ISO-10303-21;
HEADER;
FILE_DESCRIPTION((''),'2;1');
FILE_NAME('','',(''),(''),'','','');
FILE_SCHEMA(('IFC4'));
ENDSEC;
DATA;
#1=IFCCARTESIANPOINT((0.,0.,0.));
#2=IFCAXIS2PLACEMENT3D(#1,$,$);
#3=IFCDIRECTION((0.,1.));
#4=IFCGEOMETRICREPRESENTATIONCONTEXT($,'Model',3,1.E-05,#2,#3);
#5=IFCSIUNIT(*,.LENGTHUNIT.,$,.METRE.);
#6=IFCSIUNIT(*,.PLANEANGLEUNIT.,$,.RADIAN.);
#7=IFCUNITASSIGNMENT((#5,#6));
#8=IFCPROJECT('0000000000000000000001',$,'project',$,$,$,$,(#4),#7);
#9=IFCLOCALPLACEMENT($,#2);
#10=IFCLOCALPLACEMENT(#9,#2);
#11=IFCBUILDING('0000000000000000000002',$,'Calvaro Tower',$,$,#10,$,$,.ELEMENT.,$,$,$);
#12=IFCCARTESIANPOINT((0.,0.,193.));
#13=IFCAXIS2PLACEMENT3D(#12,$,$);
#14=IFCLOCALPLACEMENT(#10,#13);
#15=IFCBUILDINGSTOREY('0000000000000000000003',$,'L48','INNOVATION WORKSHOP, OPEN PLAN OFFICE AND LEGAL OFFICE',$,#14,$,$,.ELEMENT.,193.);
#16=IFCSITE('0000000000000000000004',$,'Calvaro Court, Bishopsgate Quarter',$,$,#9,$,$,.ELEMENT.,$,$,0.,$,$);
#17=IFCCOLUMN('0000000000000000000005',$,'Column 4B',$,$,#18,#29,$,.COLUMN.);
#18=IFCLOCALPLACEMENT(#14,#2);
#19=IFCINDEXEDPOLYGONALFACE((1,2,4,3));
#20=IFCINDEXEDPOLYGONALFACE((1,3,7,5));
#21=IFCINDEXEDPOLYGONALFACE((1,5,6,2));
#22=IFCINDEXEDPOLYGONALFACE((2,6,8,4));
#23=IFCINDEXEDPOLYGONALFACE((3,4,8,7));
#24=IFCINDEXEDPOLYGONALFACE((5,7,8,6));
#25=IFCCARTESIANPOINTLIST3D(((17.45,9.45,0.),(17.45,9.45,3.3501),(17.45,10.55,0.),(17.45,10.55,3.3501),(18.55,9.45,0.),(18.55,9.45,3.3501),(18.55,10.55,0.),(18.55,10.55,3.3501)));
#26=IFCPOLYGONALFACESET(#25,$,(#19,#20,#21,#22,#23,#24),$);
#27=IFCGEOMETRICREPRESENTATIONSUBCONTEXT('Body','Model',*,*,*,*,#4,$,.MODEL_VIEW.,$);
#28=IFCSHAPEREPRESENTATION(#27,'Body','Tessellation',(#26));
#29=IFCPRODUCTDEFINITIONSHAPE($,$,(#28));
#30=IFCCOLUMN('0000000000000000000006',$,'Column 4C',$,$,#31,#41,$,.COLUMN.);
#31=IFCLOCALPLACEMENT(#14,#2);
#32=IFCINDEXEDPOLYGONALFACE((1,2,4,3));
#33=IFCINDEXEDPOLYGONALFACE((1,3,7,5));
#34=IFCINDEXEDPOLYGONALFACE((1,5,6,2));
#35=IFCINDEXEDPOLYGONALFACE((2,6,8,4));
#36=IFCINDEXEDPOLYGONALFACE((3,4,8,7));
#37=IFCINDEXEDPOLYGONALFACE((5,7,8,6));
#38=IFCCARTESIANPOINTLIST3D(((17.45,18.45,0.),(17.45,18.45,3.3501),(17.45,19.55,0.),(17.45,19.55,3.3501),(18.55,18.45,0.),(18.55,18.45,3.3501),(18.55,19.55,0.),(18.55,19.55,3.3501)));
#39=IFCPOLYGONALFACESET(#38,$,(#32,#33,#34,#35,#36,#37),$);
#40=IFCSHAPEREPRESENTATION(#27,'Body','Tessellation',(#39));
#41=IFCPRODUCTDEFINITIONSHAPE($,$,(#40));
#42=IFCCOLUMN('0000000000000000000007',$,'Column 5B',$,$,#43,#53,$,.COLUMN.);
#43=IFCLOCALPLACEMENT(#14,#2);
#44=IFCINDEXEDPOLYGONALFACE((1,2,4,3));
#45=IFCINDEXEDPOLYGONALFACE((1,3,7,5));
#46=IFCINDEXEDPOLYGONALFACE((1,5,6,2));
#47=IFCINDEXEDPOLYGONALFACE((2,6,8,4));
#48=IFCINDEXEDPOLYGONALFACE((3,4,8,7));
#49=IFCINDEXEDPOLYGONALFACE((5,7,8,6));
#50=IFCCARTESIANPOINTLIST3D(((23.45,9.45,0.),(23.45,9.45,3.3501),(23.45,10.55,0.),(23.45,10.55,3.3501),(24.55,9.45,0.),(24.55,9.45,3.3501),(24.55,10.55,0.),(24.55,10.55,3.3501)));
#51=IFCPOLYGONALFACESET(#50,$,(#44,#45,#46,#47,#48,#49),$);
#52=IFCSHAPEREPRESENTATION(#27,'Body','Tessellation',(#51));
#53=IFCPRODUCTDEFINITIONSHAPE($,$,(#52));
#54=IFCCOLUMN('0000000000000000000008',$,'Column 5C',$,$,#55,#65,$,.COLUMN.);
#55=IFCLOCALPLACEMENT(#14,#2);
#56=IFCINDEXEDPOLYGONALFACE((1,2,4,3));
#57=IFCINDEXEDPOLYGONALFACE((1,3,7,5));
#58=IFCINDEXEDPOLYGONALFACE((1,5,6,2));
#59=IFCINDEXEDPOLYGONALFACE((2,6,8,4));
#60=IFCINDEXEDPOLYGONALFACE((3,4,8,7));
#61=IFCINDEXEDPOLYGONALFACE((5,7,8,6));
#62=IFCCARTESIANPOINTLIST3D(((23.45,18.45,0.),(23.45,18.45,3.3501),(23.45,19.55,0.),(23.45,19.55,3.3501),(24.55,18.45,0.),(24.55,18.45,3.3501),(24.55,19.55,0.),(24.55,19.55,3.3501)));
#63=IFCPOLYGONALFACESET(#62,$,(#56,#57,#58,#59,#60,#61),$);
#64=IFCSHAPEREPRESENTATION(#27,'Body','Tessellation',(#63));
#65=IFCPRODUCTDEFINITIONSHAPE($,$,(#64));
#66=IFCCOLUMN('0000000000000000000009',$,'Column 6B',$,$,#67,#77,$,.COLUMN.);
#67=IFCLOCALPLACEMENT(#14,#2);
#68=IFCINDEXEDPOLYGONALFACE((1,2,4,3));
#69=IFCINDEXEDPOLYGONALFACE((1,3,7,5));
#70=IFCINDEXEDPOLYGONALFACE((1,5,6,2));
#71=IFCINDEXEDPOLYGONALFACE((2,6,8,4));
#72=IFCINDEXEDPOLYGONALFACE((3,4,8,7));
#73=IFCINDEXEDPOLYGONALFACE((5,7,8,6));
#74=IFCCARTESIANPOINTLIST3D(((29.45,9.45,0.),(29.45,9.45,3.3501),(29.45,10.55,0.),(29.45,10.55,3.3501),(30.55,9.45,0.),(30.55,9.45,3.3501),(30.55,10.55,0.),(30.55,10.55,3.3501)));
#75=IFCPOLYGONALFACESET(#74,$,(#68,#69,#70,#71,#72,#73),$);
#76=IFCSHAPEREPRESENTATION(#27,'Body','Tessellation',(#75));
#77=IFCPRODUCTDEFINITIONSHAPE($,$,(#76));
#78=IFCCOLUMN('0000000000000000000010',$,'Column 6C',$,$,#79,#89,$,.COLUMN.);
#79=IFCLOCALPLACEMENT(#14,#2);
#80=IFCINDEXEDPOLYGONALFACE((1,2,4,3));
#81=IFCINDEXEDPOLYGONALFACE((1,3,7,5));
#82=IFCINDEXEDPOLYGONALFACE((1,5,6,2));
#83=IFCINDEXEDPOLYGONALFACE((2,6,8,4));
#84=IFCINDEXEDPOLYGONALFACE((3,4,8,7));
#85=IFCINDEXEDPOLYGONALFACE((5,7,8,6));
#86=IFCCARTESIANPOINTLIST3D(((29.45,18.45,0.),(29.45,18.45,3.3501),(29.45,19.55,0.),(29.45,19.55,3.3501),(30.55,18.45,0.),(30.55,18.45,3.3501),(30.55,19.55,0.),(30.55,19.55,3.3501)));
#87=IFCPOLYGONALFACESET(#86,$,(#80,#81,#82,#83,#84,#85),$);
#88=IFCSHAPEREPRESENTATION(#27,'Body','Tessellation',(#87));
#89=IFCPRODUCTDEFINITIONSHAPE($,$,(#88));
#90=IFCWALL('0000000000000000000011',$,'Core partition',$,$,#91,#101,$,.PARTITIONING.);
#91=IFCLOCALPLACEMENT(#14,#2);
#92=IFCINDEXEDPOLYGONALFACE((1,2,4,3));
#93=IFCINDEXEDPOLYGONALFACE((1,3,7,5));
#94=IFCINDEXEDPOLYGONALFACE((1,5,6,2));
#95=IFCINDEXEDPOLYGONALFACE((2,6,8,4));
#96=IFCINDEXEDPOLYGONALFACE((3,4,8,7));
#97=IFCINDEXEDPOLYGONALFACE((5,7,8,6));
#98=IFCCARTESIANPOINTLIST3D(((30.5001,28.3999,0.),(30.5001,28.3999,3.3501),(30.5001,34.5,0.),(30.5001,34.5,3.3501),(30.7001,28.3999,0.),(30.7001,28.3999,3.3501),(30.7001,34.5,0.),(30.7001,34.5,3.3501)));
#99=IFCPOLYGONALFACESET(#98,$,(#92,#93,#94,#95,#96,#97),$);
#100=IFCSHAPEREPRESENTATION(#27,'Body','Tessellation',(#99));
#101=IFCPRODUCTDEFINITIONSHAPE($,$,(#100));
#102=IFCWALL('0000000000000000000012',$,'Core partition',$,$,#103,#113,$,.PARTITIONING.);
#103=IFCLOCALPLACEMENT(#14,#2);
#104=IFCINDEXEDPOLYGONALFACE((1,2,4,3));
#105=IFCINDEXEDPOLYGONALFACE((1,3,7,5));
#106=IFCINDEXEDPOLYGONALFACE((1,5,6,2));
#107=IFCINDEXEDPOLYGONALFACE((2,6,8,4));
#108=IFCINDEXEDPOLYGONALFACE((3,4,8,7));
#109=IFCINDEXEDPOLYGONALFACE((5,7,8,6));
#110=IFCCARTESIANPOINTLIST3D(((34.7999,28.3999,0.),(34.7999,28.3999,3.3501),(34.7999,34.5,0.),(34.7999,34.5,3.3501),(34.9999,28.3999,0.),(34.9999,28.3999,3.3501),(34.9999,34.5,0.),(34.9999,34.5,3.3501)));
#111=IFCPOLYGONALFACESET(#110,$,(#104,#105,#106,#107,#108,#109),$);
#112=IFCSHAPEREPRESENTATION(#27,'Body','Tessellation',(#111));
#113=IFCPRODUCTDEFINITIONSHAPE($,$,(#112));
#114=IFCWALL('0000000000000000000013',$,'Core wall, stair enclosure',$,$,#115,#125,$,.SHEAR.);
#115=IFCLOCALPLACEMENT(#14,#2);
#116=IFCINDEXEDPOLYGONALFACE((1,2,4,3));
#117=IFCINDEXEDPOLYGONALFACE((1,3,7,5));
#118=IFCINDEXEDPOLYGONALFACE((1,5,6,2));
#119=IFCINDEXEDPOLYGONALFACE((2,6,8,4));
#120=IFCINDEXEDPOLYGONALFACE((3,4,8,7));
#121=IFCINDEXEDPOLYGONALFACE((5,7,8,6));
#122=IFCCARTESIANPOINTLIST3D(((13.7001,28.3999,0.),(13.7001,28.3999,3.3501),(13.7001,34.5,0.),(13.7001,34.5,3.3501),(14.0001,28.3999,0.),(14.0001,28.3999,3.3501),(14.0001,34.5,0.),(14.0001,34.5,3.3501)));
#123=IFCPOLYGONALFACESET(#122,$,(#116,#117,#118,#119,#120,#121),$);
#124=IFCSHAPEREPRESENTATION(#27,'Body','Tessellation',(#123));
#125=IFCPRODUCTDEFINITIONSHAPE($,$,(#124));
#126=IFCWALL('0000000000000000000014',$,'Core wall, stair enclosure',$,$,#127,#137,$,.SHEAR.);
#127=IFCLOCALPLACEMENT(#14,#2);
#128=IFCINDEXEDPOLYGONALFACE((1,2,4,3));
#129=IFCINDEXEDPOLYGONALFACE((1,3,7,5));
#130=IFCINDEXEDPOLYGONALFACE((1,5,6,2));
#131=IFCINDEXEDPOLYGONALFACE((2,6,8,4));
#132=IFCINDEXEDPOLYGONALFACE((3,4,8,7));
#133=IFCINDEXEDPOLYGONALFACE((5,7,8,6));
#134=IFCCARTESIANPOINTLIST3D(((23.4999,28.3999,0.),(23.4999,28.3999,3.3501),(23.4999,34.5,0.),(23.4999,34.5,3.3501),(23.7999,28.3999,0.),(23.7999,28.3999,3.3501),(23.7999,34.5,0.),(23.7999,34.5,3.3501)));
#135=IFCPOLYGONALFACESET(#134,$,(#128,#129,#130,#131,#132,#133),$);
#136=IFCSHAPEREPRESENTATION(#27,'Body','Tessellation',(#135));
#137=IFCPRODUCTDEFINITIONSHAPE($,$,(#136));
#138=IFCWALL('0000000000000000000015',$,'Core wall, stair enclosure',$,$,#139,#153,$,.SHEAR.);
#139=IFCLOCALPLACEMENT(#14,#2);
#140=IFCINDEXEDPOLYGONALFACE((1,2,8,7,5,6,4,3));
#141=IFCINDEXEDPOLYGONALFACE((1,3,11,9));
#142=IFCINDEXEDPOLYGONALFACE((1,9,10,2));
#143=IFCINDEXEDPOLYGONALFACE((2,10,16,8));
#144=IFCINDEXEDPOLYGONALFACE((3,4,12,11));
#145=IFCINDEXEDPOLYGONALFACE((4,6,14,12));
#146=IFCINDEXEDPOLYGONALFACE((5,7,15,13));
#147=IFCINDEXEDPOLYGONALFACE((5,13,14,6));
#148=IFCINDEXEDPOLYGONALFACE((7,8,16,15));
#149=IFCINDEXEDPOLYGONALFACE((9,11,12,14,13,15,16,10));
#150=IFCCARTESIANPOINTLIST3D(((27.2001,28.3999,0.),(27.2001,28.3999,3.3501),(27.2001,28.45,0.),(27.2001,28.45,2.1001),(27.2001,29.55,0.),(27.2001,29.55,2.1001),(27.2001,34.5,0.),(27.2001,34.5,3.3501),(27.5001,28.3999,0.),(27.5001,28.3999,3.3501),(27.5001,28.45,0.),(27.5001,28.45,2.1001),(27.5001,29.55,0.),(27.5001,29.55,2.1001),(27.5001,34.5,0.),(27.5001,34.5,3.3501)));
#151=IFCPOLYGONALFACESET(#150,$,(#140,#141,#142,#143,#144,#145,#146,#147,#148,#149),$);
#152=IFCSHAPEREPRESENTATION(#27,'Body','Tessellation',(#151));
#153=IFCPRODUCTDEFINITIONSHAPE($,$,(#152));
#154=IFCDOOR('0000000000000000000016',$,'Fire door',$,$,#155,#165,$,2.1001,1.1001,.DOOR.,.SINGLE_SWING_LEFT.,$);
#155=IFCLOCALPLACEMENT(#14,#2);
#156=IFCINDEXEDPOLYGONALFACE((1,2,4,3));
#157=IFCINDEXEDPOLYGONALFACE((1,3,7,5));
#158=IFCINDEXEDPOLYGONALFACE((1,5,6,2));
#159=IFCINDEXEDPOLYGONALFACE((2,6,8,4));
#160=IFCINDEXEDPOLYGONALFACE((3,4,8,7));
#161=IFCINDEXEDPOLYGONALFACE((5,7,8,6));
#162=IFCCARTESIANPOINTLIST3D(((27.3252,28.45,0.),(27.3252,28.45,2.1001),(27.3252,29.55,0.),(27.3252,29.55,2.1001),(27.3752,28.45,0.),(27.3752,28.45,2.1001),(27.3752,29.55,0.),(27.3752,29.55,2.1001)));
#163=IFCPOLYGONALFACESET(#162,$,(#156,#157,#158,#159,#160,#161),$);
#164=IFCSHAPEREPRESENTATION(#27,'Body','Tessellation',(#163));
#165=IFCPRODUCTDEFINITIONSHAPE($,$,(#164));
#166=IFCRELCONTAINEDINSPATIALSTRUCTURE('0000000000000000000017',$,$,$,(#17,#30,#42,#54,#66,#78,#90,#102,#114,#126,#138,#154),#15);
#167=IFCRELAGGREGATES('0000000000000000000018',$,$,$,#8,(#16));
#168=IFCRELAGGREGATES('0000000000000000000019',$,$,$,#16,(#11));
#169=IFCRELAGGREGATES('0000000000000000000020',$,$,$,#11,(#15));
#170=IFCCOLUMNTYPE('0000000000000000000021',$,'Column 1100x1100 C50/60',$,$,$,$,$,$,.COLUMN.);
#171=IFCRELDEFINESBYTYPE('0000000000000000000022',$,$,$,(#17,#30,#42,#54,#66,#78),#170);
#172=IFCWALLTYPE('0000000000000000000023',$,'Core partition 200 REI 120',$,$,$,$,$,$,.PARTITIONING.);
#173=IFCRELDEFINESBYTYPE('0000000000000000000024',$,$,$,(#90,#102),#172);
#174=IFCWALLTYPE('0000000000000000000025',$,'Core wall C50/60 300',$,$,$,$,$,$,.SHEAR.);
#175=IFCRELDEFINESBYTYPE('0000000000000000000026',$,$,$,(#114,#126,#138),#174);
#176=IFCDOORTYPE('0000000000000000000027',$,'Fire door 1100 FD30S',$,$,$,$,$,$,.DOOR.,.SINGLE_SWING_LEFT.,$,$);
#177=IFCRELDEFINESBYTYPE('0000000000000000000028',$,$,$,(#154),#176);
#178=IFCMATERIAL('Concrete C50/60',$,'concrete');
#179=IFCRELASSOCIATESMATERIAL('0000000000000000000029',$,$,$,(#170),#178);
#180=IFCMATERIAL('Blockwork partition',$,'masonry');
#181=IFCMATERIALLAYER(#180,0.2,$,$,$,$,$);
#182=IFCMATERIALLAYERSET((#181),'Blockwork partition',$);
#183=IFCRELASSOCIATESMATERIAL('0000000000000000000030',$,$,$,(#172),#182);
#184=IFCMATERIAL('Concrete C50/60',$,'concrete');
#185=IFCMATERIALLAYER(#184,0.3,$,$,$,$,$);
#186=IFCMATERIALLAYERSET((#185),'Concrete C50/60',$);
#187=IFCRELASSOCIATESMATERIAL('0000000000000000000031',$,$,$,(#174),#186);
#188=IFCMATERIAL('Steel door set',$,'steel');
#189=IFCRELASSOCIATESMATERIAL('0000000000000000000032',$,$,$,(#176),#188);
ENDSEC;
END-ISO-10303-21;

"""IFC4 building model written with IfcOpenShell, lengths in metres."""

from ifc_helpers import new_model, si_unit, direction, frame, frame_2d, origin, origin_2d, place, context, subcontext, project, spatial, rectangle, extrude, material, layer, layer_set, material_profile, profile_set, type_object, element, fill, save


model = new_model("IFC4")

# Units and contexts
model_context = context("Model", 3, precision=1e-05, world=origin(), true_north=direction((0.0, 1.0)))
body_context = subcontext(model_context, "Body", "Model", "MODEL_VIEW")
ifc_project = project(units=[si_unit("LENGTHUNIT", "METRE"), si_unit("PLANEANGLEUNIT", "RADIAN")], contexts=[model_context])

# Site, building, storey
site_placement = place(None, origin())
site = spatial("IfcSite", under=ifc_project, at=site_placement, Name="Calvaro Court, Bishopsgate Quarter", CompositionType="ELEMENT", RefElevation=0.0)
building_placement = place(site_placement, origin())
building = spatial("IfcBuilding", under=site, at=building_placement, Name="Calvaro Tower", CompositionType="ELEMENT")
storey_placement = place(building_placement, frame((0.0, 0.0, 193.0)))
storey = spatial("IfcBuildingStorey", under=building, at=storey_placement, Name="L48", Description="INNOVATION WORKSHOP, OPEN PLAN OFFICE AND LEGAL OFFICE", CompositionType="ELEMENT", Elevation=193.0)

# Columns
ifc_material_1 = material(Name="Concrete C50/60", Category="concrete")
ifc_material_profile = material_profile(ifc_material_1, rectangle(XDim=1.1001, YDim=1.1001, at=origin_2d()), Name="RC 1100x1100")
ifc_profile_set = profile_set([ifc_material_profile], Name="Concrete C50/60")
column_type = type_object("IfcColumnType", Name="Column 1100x1100 C50/60", PredefinedType="COLUMN", material=ifc_profile_set)
for number, where, z_axis, x_axis, name in (
    (1, (18.0, 10.0, 0.0), (0.0, 0.0, 1.0), (1.0, 0.0, 0.0), "Column 4B"),
    (2, (18.0, 19.0, 0.0), (0.0, 0.0, 1.0), (1.0, 0.0, 0.0), "Column 4C"),
    (3, (24.0, 10.0, 0.0), (0.0, 0.0, 1.0), (1.0, 0.0, 0.0), "Column 5B"),
    (4, (24.0, 19.0, 0.0), (0.0, 0.0, 1.0), (1.0, 0.0, 0.0), "Column 5C"),
    (5, (30.0, 10.0, 0.0), (0.0, 0.0, 1.0), (1.0, 0.0, 0.0), "Column 6B"),
    (6, (30.0, 19.0, 0.0), (0.0, 0.0, 1.0), (1.0, 0.0, 0.0), "Column 6C"),
):
    element("IfcColumn", number, at=place(storey_placement, frame(where, z_axis=z_axis, x_axis=x_axis)), inside=storey, type_object=column_type, Name=name, PredefinedType="COLUMN", context=body_context, shape_type="SweptSolid", body=[
        extrude(rectangle(XDim=1.1001, YDim=1.1001, at=origin_2d()), origin(), (0.0, 0.0, 1.0), 3.3501),
    ])

# Walls
ifc_material_2 = material(Name="Blockwork partition", Category="masonry")
ifc_layer_1 = layer(ifc_material_2, 0.2)
ifc_layer_set_1 = layer_set([ifc_layer_1], Name="Blockwork partition")
wall_type_1 = type_object("IfcWallType", Name="Core partition 200 REI 120", PredefinedType="PARTITIONING", material=ifc_layer_set_1)
for number, where, z_axis, x_axis, name in (
    (7, (30.6001, 28.3999, 0.0), (0.0, 0.0, 1.0), (0.0, 1.0, 0.0), "Core partition"),
    (8, (34.8999, 28.3999, 0.0), (0.0, 0.0, 1.0), (0.0, 1.0, 0.0), "Core partition"),
):
    element("IfcWall", number, at=place(storey_placement, frame(where, z_axis=z_axis, x_axis=x_axis)), inside=storey, type_object=wall_type_1, Name=name, PredefinedType="PARTITIONING", context=body_context, shape_type="SweptSolid", body=[
        extrude(rectangle(XDim=6.1001, YDim=0.2, at=frame_2d((3.05, 0.0))), origin(), (0.0, 0.0, 1.0), 3.3501),
    ])
ifc_material_3 = material(Name="Concrete C50/60", Category="concrete")
ifc_layer_2 = layer(ifc_material_3, 0.3)
ifc_layer_set_2 = layer_set([ifc_layer_2], Name="Concrete C50/60")
wall_type_2 = type_object("IfcWallType", Name="Core wall C50/60 300", PredefinedType="SHEAR", material=ifc_layer_set_2)
for number, where, z_axis, x_axis, name in (
    (9, (13.8501, 28.3999, 0.0), (0.0, 0.0, 1.0), (0.0, 1.0, 0.0), "Core wall, stair enclosure"),
    (10, (23.6499, 28.3999, 0.0), (0.0, 0.0, 1.0), (0.0, 1.0, 0.0), "Core wall, stair enclosure"),
):
    element("IfcWall", number, at=place(storey_placement, frame(where, z_axis=z_axis, x_axis=x_axis)), inside=storey, type_object=wall_type_2, Name=name, PredefinedType="SHEAR", context=body_context, shape_type="SweptSolid", body=[
        extrude(rectangle(XDim=6.1001, YDim=0.3, at=frame_2d((3.05, 0.0))), origin(), (0.0, 0.0, 1.0), 3.3501),
    ])

# Wall, opening, door
wall_1_placement = place(storey_placement, frame((27.3501, 28.3999, 0.0), z_axis=(0.0, 0.0, 1.0), x_axis=(0.0, 1.0, 0.0)))
wall_1 = element("IfcWall", 11, at=wall_1_placement, inside=storey, type_object=wall_type_2, Name="Core wall, stair enclosure", PredefinedType="SHEAR", context=body_context, shape_type="SweptSolid", body=[
    extrude(rectangle(XDim=6.1001, YDim=0.3, at=frame_2d((3.05, 0.0))), origin(), (0.0, 0.0, 1.0), 3.3501),
])
opening_1_placement = place(wall_1_placement, frame((0.05, 0.0, 0.0)))
opening_1 = element("IfcOpeningElement", 12, at=opening_1_placement, cuts=wall_1, PredefinedType="OPENING", context=body_context, shape_type="SweptSolid", body=[
    extrude(rectangle(XDim=1.1001, YDim=2.1001, at=frame_2d((0.55, 1.05))), frame((0.0, 0.1599, 0.0), z_axis=(0.0, -1.0, 0.0), x_axis=(1.0, 0.0, 0.0)), (0.0, 0.0, 1.0), 0.3201),
])
ifc_material_4 = material(Name="Steel door set", Category="steel")
door_type_1 = type_object("IfcDoorType", Name="Fire door 1100 FD30S", OperationType="SINGLE_SWING_LEFT", PredefinedType="DOOR", material=ifc_material_4)
door_1_placement = place(opening_1_placement, origin())
door_1 = element("IfcDoor", 13, at=door_1_placement, inside=storey, type_object=door_type_1, Name="Fire door", OperationType="SINGLE_SWING_LEFT", OverallHeight=2.1001, OverallWidth=1.1001, PredefinedType="DOOR", context=body_context, shape_type="SweptSolid", body=[
    extrude(rectangle(XDim=1.1001, YDim=2.1001, at=frame_2d((0.55, 1.05))), frame((0.0, 0.0249, 0.0), z_axis=(0.0, -1.0, 0.0), x_axis=(1.0, 0.0, 0.0)), (0.0, 0.0, 1.0), 0.05),
])
fill(opening_1, door_1)

save(model, "model.ifc")
